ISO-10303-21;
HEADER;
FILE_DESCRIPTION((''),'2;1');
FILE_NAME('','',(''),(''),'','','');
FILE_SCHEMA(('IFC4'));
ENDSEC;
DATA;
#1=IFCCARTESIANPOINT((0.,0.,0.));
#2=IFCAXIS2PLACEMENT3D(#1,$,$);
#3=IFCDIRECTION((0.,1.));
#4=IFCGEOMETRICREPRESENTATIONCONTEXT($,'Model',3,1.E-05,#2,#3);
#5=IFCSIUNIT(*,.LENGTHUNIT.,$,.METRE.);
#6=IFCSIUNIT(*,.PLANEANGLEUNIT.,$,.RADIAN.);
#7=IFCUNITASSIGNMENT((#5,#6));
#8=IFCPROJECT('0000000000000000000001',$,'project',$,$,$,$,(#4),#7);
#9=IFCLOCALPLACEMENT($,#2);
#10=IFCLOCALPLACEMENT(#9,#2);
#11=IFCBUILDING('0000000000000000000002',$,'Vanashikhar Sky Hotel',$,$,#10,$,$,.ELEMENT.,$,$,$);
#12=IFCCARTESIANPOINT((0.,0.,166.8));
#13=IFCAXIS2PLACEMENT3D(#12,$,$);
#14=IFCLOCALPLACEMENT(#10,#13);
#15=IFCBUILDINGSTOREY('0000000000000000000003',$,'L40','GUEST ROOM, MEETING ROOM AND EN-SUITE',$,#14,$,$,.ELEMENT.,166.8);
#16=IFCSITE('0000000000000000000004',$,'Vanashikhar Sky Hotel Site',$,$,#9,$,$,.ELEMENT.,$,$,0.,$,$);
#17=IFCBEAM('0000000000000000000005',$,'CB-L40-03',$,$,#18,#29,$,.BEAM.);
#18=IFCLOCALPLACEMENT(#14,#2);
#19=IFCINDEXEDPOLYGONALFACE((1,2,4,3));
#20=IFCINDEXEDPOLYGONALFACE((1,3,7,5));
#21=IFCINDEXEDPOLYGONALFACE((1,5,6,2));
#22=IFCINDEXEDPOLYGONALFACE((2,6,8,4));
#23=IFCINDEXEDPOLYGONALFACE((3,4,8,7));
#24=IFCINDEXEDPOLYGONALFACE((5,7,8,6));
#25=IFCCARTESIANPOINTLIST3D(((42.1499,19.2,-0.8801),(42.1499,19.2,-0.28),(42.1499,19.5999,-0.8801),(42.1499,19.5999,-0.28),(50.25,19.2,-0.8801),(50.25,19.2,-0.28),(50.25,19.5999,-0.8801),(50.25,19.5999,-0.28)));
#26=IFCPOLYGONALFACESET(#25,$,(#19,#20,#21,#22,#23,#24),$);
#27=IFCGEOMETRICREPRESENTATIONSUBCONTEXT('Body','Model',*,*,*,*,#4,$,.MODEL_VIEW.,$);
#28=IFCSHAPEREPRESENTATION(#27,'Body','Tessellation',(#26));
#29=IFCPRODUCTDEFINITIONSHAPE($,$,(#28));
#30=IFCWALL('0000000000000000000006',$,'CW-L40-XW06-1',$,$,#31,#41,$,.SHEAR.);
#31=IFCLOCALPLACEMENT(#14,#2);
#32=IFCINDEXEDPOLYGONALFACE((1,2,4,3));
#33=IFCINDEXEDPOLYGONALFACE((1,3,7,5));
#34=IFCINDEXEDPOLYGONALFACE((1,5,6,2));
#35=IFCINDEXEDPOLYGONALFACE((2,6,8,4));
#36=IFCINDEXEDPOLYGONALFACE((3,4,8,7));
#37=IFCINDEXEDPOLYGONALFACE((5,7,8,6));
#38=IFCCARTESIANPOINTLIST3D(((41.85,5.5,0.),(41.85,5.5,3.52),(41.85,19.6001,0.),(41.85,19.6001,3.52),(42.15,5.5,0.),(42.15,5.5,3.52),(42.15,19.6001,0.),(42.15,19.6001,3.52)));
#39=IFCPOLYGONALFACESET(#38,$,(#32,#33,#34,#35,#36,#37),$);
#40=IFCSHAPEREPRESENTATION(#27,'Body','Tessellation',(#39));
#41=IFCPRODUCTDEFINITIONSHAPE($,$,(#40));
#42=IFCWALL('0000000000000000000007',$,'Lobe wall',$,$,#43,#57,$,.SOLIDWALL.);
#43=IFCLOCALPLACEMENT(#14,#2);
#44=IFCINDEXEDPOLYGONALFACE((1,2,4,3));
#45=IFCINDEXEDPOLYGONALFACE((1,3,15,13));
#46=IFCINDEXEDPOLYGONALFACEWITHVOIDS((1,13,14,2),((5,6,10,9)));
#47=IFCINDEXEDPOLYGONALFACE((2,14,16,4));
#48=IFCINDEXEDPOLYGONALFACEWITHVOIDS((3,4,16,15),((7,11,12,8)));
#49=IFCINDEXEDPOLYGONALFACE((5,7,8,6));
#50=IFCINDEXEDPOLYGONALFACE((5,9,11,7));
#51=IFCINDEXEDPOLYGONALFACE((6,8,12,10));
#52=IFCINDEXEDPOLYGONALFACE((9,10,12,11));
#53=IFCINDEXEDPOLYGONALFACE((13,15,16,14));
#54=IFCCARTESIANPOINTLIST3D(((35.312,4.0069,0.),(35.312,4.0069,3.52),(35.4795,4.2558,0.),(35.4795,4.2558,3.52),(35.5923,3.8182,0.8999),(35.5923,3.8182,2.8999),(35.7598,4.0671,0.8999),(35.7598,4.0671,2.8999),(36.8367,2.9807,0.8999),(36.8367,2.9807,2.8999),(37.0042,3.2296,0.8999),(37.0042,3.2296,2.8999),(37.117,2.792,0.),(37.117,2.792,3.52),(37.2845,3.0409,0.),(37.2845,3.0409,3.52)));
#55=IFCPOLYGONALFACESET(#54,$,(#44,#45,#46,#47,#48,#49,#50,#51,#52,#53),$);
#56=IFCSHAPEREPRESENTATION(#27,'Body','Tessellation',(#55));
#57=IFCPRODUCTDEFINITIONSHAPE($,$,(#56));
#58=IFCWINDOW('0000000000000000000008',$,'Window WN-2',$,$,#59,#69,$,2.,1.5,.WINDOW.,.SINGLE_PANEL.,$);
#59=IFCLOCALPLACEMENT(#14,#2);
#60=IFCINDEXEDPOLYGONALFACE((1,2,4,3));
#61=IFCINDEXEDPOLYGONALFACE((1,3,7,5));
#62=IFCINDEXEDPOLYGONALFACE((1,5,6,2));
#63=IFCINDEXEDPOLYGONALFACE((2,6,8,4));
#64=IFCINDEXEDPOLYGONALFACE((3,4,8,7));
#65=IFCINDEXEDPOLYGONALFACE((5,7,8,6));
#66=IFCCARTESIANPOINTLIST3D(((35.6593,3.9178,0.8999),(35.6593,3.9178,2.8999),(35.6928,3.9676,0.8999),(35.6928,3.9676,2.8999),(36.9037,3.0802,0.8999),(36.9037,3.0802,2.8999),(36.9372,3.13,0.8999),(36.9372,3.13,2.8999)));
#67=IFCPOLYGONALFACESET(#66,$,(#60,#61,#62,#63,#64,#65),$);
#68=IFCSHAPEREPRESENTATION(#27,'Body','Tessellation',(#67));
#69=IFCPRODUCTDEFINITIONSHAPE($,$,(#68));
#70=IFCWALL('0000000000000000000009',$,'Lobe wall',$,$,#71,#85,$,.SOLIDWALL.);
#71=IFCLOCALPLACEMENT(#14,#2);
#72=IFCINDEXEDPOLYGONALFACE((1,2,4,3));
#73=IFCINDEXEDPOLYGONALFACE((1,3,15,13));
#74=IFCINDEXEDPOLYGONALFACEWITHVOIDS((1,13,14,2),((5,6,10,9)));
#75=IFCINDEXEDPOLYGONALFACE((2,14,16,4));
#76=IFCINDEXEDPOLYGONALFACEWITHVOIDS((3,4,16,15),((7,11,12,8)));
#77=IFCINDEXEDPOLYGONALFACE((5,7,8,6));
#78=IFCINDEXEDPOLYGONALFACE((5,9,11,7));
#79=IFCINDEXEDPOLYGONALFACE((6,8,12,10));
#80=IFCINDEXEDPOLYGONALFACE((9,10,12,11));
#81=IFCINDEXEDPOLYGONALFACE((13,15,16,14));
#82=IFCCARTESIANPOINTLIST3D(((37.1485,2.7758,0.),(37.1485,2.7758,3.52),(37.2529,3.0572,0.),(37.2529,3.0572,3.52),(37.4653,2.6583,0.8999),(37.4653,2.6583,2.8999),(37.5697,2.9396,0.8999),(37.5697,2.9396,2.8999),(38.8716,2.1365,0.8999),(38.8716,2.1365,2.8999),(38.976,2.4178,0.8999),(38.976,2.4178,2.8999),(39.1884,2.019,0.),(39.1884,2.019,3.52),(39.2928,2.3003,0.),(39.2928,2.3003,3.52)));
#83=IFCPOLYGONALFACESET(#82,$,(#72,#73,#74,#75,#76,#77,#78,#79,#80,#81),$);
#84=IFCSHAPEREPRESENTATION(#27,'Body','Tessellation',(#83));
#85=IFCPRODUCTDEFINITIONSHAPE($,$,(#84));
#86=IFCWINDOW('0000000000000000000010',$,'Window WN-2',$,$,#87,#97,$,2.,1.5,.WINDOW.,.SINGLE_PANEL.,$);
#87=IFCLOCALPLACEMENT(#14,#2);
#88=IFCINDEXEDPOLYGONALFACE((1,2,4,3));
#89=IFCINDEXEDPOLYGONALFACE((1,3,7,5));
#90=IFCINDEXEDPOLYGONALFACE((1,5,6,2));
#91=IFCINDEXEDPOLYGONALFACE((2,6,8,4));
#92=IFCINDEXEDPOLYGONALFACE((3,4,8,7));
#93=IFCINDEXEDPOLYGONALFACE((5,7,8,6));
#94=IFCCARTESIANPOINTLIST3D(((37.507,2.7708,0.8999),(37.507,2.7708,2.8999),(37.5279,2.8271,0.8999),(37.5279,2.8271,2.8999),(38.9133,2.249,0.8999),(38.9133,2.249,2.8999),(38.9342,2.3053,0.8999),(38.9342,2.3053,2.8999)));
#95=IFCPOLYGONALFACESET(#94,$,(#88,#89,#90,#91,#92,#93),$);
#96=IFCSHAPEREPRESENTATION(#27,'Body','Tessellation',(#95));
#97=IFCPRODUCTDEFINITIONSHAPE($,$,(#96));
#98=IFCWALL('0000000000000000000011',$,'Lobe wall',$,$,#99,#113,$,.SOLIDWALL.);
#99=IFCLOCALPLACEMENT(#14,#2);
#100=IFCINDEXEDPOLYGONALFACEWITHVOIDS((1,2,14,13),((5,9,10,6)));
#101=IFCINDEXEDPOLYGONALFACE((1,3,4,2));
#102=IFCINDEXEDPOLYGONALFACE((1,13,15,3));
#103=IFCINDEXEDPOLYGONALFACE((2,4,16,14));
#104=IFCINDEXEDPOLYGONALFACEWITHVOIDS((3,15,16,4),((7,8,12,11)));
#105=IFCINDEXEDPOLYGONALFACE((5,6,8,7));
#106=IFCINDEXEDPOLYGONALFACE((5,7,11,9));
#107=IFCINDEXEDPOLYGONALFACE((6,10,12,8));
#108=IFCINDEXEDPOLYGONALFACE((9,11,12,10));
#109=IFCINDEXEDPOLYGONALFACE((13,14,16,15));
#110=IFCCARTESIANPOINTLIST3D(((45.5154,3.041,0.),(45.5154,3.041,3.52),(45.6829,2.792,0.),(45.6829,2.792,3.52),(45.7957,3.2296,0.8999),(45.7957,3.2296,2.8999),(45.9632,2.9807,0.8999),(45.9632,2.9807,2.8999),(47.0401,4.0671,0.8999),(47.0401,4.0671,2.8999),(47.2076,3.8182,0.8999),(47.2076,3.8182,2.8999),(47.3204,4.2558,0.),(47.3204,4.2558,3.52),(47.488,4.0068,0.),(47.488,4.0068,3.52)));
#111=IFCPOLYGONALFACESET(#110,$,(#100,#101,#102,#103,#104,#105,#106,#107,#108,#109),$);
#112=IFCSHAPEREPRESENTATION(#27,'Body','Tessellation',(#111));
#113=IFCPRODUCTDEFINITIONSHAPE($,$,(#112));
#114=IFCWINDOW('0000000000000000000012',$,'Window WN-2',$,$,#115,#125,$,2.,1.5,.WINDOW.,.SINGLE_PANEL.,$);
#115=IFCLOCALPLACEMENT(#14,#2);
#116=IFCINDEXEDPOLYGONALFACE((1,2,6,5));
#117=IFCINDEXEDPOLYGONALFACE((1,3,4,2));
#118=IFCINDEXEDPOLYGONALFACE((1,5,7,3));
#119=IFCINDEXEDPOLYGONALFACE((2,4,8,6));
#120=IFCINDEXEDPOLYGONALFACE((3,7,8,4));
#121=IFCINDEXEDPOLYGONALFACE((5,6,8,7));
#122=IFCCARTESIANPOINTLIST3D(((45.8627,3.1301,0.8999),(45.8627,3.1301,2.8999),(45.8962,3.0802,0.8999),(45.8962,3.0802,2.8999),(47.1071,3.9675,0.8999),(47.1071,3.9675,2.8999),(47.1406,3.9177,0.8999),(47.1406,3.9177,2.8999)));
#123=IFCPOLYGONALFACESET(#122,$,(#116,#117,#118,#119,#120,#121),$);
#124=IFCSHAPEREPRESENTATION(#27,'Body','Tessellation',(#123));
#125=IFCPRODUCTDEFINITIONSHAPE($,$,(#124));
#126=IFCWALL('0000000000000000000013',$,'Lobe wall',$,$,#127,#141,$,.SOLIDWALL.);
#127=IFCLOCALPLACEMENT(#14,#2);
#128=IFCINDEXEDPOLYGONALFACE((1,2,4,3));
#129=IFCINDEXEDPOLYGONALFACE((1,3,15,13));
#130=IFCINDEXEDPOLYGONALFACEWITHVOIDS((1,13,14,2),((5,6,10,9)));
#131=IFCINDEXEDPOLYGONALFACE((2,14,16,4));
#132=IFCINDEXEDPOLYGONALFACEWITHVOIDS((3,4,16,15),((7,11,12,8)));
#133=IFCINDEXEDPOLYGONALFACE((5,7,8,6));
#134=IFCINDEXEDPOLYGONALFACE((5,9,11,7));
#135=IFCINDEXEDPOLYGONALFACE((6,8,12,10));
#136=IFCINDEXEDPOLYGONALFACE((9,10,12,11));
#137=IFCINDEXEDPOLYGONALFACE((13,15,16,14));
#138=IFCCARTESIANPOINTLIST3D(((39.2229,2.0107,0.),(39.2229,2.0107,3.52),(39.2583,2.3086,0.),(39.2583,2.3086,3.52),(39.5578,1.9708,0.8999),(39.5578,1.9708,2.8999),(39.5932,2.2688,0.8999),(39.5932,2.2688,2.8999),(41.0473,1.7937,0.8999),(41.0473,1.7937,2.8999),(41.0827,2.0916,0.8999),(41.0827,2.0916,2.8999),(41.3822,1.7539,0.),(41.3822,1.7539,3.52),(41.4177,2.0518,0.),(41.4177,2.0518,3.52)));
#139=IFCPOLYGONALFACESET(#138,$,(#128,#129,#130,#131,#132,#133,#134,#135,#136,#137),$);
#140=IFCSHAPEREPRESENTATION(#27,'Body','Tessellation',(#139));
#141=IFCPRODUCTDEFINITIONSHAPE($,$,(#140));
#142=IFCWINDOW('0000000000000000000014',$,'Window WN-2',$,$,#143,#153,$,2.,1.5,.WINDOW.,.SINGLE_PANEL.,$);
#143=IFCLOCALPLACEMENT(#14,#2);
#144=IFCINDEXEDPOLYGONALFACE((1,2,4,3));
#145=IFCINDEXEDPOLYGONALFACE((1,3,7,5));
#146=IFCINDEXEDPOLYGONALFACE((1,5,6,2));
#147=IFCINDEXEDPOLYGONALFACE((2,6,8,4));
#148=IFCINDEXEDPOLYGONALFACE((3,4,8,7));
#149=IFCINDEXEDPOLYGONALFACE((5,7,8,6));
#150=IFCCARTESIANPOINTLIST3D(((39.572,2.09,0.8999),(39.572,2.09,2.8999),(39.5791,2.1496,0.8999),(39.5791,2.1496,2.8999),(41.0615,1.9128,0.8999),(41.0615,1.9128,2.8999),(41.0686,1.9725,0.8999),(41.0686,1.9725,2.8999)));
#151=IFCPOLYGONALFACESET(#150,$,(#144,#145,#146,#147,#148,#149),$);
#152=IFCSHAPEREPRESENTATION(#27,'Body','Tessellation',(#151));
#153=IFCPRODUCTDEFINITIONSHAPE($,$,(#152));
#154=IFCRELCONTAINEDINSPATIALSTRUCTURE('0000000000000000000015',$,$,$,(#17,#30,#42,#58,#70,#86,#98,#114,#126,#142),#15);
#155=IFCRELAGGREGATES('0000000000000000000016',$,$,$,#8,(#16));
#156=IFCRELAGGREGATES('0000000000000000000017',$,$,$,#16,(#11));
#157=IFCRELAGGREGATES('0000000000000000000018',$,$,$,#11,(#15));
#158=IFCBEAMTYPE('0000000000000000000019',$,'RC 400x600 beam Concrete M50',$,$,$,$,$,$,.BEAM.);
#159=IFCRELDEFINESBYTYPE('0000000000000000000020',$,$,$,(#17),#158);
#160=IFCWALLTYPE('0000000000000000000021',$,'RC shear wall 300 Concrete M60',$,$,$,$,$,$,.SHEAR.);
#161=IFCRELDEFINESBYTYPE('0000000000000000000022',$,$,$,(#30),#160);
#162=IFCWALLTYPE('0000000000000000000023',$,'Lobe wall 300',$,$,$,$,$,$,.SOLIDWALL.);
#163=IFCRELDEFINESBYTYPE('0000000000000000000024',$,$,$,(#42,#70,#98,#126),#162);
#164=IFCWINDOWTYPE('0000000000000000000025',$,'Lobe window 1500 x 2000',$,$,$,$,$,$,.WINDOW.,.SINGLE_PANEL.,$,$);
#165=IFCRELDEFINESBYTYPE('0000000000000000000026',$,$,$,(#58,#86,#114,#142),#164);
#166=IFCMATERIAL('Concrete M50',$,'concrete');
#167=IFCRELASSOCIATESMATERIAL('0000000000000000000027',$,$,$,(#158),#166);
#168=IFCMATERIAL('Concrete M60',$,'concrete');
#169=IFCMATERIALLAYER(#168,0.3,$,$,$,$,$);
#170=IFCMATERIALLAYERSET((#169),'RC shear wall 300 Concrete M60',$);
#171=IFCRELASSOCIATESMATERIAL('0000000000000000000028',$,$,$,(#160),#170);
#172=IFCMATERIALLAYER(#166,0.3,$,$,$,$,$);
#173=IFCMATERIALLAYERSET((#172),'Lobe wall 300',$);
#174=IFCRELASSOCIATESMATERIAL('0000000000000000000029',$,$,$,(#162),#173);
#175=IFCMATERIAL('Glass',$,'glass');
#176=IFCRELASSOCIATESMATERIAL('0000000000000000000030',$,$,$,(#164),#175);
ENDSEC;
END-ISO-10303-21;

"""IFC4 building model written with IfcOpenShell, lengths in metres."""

from ifc_helpers import new_model, si_unit, direction, frame, frame_2d, origin, origin_2d, place, context, subcontext, project, spatial, rectangle, extrude, source, transform, mapped, material, layer, layer_set, material_profile, profile_set, type_object, element, fill, save


model = new_model("IFC4")

# Units and contexts
model_context = context("Model", 3, precision=1e-05, world=origin(), true_north=direction((0.0, 1.0)))
body_context = subcontext(model_context, "Body", "Model", "MODEL_VIEW")
ifc_project = project(units=[si_unit("LENGTHUNIT", "METRE"), si_unit("PLANEANGLEUNIT", "RADIAN")], contexts=[model_context])

# Site, building, storey
site_placement = place(None, origin())
site = spatial("IfcSite", under=ifc_project, at=site_placement, Name="Vanashikhar Sky Hotel Site", CompositionType="ELEMENT", RefElevation=0.0)
building_placement = place(site_placement, origin())
building = spatial("IfcBuilding", under=site, at=building_placement, Name="Vanashikhar Sky Hotel", CompositionType="ELEMENT")
storey_placement = place(building_placement, frame((0.0, 0.0, 166.8)))
storey = spatial("IfcBuildingStorey", under=building, at=storey_placement, Name="L40", Description="GUEST ROOM, MEETING ROOM AND EN-SUITE", CompositionType="ELEMENT", Elevation=166.8)

# Beam
ifc_material_1 = material(Name="Concrete M50", Category="concrete")
ifc_material_profile_1 = material_profile(ifc_material_1, rectangle(XDim=0.3999, YDim=0.6001, at=origin_2d()))
ifc_profile_set_1 = profile_set([ifc_material_profile_1], Name="RC 400x600 beam Concrete M50")
beam_type = type_object("IfcBeamType", Name="RC 400x600 beam Concrete M50", PredefinedType="BEAM", material=ifc_profile_set_1)
shared_shape_1 = source(origin(), body_context, "Body", "SweptSolid", [
    extrude(rectangle(XDim=0.3999, YDim=0.6001, at=origin_2d()), origin(), (0.0, 0.0, 1.0), 8.1001),
])
beam_placement = place(storey_placement, frame((42.1499, 19.3999, -0.5801), z_axis=(1.0, 0.0, 0.0), x_axis=(0.0, 1.0, 0.0)))
element("IfcBeam", 1, at=beam_placement, inside=storey, type_object=beam_type, Name="CB-L40-03", PredefinedType="BEAM", context=body_context, shape_type="MappedRepresentation", body=[
    mapped(shared_shape_1, transform((0.0, 0.0, 0.0), scale=1.0)),
])

# Wall
ifc_material_2 = material(Name="Concrete M60", Category="concrete")
ifc_layer_1 = layer(ifc_material_2, 0.3)
ifc_layer_set_1 = layer_set([ifc_layer_1], Name="RC shear wall 300 Concrete M60")
wall_type_1 = type_object("IfcWallType", Name="RC shear wall 300 Concrete M60", PredefinedType="SHEAR", material=ifc_layer_set_1)
shared_shape_2 = source(origin(), body_context, "Body", "SweptSolid", [
    extrude(rectangle(XDim=14.1001, YDim=0.3, at=frame_2d((7.05, 0.0))), origin(), (0.0, 0.0, 1.0), 3.52),
])
wall_1_placement = place(storey_placement, frame((42.0, 5.5, 0.0), z_axis=(0.0, 0.0, 1.0), x_axis=(0.0, 1.0, 0.0)))
element("IfcWall", 2, at=wall_1_placement, inside=storey, type_object=wall_type_1, Name="CW-L40-XW06-1", PredefinedType="SHEAR", context=body_context, shape_type="MappedRepresentation", body=[
    mapped(shared_shape_2, transform((0.0, 0.0, 0.0), scale=1.0)),
])

# Walls, openings, windows
ifc_layer_2 = layer(ifc_material_1, 0.3)
ifc_layer_set_2 = layer_set([ifc_layer_2], Name="Lobe wall 300")
wall_type_2 = type_object("IfcWallType", Name="Lobe wall 300", PredefinedType="SOLIDWALL", material=ifc_layer_set_2)
shared_shape_3 = source(origin(), body_context, "Body", "SweptSolid", [
    extrude(rectangle(XDim=2.1758, YDim=0.3, at=frame_2d((1.0879, 0.0))), origin(), (0.0, 0.0, 1.0), 3.52),
])
wall_2_placement = place(storey_placement, frame((35.3958, 4.1313, 0.0), z_axis=(0.0, 0.0, 1.0), x_axis=(0.829591, -0.558372, 0.0)))
wall_2 = element("IfcWall", 3, at=wall_2_placement, inside=storey, type_object=wall_type_2, Name="Lobe wall", PredefinedType="SOLIDWALL", context=body_context, shape_type="MappedRepresentation", body=[
    mapped(shared_shape_3, transform((0.0, 0.0, 0.0), scale=1.0)),
])
shared_shape_4 = source(origin(), body_context, "Body", "SweptSolid", [
    extrude(rectangle(XDim=1.5, YDim=2.0, at=frame_2d((0.75, 1.0))), frame((0.0, 0.1602, 0.0), z_axis=(0.0, -1.0, 0.0), x_axis=(1.0, 0.0, 0.0)), (0.0, 0.0, 1.0), 0.3201),
])
opening_1_placement = place(wall_2_placement, frame((0.3379, 0.0, 0.8999)))
opening_1 = element("IfcOpeningElement", 4, at=opening_1_placement, cuts=wall_2, PredefinedType="OPENING", context=body_context, shape_type="MappedRepresentation", body=[
    mapped(shared_shape_4, transform((0.0, 0.0, 0.0), scale=1.0)),
])
ifc_material_3 = material(Name="Glass", Category="glass")
window_type = type_object("IfcWindowType", Name="Lobe window 1500 x 2000", PartitioningType="SINGLE_PANEL", PredefinedType="WINDOW", material=ifc_material_3)
shared_shape_5 = source(origin(), body_context, "Body", "SweptSolid", [
    extrude(rectangle(XDim=1.5, YDim=2.0, at=frame_2d((0.75, 1.0))), frame((0.0, 0.03, 0.0), z_axis=(0.0, -1.0, 0.0), x_axis=(1.0, 0.0, 0.0)), (0.0, 0.0, 1.0), 0.0601),
])
window_1_placement = place(opening_1_placement, origin())
window_1 = element("IfcWindow", 5, at=window_1_placement, inside=storey, type_object=window_type, Name="Window WN-2", OverallHeight=2.0, OverallWidth=1.5, PartitioningType="SINGLE_PANEL", PredefinedType="WINDOW", context=body_context, shape_type="MappedRepresentation", body=[
    mapped(shared_shape_5, transform((0.0, 0.0, 0.0), scale=1.0)),
])
fill(opening_1, window_1)
wall_3_placement = place(storey_placement, frame((37.2007, 2.9165, 0.0), z_axis=(0.0, 0.0, 1.0), x_axis=(0.937546, -0.347863, 0.0)))
wall_3 = element("IfcWall", 6, at=wall_3_placement, inside=storey, type_object=wall_type_2, Name="Lobe wall", PredefinedType="SOLIDWALL", context=body_context, shape_type="MappedRepresentation", body=[
    mapped(shared_shape_3, transform((0.0, 0.0, 0.0), scale=1.0)),
])
opening_2_placement = place(wall_3_placement, frame((0.3379, 0.0, 0.8999)))
opening_2 = element("IfcOpeningElement", 7, at=opening_2_placement, cuts=wall_3, PredefinedType="OPENING", context=body_context, shape_type="MappedRepresentation", body=[
    mapped(shared_shape_4, transform((0.0, 0.0, 0.0), scale=1.0)),
])
window_2_placement = place(opening_2_placement, origin())
window_2 = element("IfcWindow", 8, at=window_2_placement, inside=storey, type_object=window_type, Name="Window WN-2", OverallHeight=2.0, OverallWidth=1.5, PartitioningType="SINGLE_PANEL", PredefinedType="WINDOW", context=body_context, shape_type="MappedRepresentation", body=[
    mapped(shared_shape_5, transform((0.0, 0.0, 0.0), scale=1.0)),
])
fill(opening_2, window_2)
wall_4_placement = place(storey_placement, frame((45.5991, 2.9165, 0.0), z_axis=(0.0, 0.0, 1.0), x_axis=(0.829626, 0.55832, 0.0)))
wall_4 = element("IfcWall", 9, at=wall_4_placement, inside=storey, type_object=wall_type_2, Name="Lobe wall", PredefinedType="SOLIDWALL", context=body_context, shape_type="MappedRepresentation", body=[
    mapped(shared_shape_3, transform((0.0, 0.0, 0.0), scale=1.0)),
])
opening_3_placement = place(wall_4_placement, frame((0.3379, 0.0, 0.8999)))
opening_3 = element("IfcOpeningElement", 10, at=opening_3_placement, cuts=wall_4, PredefinedType="OPENING", context=body_context, shape_type="MappedRepresentation", body=[
    mapped(shared_shape_4, transform((0.0, 0.0, 0.0), scale=1.0)),
])
window_3_placement = place(opening_3_placement, origin())
window_3 = element("IfcWindow", 11, at=window_3_placement, inside=storey, type_object=window_type, Name="Window WN-2", OverallHeight=2.0, OverallWidth=1.5, PartitioningType="SINGLE_PANEL", PredefinedType="WINDOW", context=body_context, shape_type="MappedRepresentation", body=[
    mapped(shared_shape_5, transform((0.0, 0.0, 0.0), scale=1.0)),
])
fill(opening_3, window_3)
shared_shape_6 = source(origin(), body_context, "Body", "SweptSolid", [
    extrude(rectangle(XDim=2.1746, YDim=0.3, at=frame_2d((1.0874, 0.0))), origin(), (0.0, 0.0, 1.0), 3.52),
])
wall_5_placement = place(storey_placement, frame((39.2405, 2.1597, 0.0), z_axis=(0.0, 0.0, 1.0), x_axis=(0.993001, -0.118105, 0.0)))
wall_5 = element("IfcWall", 12, at=wall_5_placement, inside=storey, type_object=wall_type_2, Name="Lobe wall", PredefinedType="SOLIDWALL", context=body_context, shape_type="MappedRepresentation", body=[
    mapped(shared_shape_6, transform((0.0, 0.0, 0.0), scale=1.0)),
])
opening_4_placement = place(wall_5_placement, frame((0.3374, 0.0, 0.8999)))
opening_4 = element("IfcOpeningElement", 13, at=opening_4_placement, cuts=wall_5, PredefinedType="OPENING", context=body_context, shape_type="MappedRepresentation", body=[
    mapped(shared_shape_4, transform((0.0, 0.0, 0.0), scale=1.0)),
])
window_4_placement = place(opening_4_placement, origin())
window_4 = element("IfcWindow", 14, at=window_4_placement, inside=storey, type_object=window_type, Name="Window WN-2", OverallHeight=2.0, OverallWidth=1.5, PartitioningType="SINGLE_PANEL", PredefinedType="WINDOW", context=body_context, shape_type="MappedRepresentation", body=[
    mapped(shared_shape_5, transform((0.0, 0.0, 0.0), scale=1.0)),
])
fill(opening_4, window_4)

save(model, "model.ifc")
